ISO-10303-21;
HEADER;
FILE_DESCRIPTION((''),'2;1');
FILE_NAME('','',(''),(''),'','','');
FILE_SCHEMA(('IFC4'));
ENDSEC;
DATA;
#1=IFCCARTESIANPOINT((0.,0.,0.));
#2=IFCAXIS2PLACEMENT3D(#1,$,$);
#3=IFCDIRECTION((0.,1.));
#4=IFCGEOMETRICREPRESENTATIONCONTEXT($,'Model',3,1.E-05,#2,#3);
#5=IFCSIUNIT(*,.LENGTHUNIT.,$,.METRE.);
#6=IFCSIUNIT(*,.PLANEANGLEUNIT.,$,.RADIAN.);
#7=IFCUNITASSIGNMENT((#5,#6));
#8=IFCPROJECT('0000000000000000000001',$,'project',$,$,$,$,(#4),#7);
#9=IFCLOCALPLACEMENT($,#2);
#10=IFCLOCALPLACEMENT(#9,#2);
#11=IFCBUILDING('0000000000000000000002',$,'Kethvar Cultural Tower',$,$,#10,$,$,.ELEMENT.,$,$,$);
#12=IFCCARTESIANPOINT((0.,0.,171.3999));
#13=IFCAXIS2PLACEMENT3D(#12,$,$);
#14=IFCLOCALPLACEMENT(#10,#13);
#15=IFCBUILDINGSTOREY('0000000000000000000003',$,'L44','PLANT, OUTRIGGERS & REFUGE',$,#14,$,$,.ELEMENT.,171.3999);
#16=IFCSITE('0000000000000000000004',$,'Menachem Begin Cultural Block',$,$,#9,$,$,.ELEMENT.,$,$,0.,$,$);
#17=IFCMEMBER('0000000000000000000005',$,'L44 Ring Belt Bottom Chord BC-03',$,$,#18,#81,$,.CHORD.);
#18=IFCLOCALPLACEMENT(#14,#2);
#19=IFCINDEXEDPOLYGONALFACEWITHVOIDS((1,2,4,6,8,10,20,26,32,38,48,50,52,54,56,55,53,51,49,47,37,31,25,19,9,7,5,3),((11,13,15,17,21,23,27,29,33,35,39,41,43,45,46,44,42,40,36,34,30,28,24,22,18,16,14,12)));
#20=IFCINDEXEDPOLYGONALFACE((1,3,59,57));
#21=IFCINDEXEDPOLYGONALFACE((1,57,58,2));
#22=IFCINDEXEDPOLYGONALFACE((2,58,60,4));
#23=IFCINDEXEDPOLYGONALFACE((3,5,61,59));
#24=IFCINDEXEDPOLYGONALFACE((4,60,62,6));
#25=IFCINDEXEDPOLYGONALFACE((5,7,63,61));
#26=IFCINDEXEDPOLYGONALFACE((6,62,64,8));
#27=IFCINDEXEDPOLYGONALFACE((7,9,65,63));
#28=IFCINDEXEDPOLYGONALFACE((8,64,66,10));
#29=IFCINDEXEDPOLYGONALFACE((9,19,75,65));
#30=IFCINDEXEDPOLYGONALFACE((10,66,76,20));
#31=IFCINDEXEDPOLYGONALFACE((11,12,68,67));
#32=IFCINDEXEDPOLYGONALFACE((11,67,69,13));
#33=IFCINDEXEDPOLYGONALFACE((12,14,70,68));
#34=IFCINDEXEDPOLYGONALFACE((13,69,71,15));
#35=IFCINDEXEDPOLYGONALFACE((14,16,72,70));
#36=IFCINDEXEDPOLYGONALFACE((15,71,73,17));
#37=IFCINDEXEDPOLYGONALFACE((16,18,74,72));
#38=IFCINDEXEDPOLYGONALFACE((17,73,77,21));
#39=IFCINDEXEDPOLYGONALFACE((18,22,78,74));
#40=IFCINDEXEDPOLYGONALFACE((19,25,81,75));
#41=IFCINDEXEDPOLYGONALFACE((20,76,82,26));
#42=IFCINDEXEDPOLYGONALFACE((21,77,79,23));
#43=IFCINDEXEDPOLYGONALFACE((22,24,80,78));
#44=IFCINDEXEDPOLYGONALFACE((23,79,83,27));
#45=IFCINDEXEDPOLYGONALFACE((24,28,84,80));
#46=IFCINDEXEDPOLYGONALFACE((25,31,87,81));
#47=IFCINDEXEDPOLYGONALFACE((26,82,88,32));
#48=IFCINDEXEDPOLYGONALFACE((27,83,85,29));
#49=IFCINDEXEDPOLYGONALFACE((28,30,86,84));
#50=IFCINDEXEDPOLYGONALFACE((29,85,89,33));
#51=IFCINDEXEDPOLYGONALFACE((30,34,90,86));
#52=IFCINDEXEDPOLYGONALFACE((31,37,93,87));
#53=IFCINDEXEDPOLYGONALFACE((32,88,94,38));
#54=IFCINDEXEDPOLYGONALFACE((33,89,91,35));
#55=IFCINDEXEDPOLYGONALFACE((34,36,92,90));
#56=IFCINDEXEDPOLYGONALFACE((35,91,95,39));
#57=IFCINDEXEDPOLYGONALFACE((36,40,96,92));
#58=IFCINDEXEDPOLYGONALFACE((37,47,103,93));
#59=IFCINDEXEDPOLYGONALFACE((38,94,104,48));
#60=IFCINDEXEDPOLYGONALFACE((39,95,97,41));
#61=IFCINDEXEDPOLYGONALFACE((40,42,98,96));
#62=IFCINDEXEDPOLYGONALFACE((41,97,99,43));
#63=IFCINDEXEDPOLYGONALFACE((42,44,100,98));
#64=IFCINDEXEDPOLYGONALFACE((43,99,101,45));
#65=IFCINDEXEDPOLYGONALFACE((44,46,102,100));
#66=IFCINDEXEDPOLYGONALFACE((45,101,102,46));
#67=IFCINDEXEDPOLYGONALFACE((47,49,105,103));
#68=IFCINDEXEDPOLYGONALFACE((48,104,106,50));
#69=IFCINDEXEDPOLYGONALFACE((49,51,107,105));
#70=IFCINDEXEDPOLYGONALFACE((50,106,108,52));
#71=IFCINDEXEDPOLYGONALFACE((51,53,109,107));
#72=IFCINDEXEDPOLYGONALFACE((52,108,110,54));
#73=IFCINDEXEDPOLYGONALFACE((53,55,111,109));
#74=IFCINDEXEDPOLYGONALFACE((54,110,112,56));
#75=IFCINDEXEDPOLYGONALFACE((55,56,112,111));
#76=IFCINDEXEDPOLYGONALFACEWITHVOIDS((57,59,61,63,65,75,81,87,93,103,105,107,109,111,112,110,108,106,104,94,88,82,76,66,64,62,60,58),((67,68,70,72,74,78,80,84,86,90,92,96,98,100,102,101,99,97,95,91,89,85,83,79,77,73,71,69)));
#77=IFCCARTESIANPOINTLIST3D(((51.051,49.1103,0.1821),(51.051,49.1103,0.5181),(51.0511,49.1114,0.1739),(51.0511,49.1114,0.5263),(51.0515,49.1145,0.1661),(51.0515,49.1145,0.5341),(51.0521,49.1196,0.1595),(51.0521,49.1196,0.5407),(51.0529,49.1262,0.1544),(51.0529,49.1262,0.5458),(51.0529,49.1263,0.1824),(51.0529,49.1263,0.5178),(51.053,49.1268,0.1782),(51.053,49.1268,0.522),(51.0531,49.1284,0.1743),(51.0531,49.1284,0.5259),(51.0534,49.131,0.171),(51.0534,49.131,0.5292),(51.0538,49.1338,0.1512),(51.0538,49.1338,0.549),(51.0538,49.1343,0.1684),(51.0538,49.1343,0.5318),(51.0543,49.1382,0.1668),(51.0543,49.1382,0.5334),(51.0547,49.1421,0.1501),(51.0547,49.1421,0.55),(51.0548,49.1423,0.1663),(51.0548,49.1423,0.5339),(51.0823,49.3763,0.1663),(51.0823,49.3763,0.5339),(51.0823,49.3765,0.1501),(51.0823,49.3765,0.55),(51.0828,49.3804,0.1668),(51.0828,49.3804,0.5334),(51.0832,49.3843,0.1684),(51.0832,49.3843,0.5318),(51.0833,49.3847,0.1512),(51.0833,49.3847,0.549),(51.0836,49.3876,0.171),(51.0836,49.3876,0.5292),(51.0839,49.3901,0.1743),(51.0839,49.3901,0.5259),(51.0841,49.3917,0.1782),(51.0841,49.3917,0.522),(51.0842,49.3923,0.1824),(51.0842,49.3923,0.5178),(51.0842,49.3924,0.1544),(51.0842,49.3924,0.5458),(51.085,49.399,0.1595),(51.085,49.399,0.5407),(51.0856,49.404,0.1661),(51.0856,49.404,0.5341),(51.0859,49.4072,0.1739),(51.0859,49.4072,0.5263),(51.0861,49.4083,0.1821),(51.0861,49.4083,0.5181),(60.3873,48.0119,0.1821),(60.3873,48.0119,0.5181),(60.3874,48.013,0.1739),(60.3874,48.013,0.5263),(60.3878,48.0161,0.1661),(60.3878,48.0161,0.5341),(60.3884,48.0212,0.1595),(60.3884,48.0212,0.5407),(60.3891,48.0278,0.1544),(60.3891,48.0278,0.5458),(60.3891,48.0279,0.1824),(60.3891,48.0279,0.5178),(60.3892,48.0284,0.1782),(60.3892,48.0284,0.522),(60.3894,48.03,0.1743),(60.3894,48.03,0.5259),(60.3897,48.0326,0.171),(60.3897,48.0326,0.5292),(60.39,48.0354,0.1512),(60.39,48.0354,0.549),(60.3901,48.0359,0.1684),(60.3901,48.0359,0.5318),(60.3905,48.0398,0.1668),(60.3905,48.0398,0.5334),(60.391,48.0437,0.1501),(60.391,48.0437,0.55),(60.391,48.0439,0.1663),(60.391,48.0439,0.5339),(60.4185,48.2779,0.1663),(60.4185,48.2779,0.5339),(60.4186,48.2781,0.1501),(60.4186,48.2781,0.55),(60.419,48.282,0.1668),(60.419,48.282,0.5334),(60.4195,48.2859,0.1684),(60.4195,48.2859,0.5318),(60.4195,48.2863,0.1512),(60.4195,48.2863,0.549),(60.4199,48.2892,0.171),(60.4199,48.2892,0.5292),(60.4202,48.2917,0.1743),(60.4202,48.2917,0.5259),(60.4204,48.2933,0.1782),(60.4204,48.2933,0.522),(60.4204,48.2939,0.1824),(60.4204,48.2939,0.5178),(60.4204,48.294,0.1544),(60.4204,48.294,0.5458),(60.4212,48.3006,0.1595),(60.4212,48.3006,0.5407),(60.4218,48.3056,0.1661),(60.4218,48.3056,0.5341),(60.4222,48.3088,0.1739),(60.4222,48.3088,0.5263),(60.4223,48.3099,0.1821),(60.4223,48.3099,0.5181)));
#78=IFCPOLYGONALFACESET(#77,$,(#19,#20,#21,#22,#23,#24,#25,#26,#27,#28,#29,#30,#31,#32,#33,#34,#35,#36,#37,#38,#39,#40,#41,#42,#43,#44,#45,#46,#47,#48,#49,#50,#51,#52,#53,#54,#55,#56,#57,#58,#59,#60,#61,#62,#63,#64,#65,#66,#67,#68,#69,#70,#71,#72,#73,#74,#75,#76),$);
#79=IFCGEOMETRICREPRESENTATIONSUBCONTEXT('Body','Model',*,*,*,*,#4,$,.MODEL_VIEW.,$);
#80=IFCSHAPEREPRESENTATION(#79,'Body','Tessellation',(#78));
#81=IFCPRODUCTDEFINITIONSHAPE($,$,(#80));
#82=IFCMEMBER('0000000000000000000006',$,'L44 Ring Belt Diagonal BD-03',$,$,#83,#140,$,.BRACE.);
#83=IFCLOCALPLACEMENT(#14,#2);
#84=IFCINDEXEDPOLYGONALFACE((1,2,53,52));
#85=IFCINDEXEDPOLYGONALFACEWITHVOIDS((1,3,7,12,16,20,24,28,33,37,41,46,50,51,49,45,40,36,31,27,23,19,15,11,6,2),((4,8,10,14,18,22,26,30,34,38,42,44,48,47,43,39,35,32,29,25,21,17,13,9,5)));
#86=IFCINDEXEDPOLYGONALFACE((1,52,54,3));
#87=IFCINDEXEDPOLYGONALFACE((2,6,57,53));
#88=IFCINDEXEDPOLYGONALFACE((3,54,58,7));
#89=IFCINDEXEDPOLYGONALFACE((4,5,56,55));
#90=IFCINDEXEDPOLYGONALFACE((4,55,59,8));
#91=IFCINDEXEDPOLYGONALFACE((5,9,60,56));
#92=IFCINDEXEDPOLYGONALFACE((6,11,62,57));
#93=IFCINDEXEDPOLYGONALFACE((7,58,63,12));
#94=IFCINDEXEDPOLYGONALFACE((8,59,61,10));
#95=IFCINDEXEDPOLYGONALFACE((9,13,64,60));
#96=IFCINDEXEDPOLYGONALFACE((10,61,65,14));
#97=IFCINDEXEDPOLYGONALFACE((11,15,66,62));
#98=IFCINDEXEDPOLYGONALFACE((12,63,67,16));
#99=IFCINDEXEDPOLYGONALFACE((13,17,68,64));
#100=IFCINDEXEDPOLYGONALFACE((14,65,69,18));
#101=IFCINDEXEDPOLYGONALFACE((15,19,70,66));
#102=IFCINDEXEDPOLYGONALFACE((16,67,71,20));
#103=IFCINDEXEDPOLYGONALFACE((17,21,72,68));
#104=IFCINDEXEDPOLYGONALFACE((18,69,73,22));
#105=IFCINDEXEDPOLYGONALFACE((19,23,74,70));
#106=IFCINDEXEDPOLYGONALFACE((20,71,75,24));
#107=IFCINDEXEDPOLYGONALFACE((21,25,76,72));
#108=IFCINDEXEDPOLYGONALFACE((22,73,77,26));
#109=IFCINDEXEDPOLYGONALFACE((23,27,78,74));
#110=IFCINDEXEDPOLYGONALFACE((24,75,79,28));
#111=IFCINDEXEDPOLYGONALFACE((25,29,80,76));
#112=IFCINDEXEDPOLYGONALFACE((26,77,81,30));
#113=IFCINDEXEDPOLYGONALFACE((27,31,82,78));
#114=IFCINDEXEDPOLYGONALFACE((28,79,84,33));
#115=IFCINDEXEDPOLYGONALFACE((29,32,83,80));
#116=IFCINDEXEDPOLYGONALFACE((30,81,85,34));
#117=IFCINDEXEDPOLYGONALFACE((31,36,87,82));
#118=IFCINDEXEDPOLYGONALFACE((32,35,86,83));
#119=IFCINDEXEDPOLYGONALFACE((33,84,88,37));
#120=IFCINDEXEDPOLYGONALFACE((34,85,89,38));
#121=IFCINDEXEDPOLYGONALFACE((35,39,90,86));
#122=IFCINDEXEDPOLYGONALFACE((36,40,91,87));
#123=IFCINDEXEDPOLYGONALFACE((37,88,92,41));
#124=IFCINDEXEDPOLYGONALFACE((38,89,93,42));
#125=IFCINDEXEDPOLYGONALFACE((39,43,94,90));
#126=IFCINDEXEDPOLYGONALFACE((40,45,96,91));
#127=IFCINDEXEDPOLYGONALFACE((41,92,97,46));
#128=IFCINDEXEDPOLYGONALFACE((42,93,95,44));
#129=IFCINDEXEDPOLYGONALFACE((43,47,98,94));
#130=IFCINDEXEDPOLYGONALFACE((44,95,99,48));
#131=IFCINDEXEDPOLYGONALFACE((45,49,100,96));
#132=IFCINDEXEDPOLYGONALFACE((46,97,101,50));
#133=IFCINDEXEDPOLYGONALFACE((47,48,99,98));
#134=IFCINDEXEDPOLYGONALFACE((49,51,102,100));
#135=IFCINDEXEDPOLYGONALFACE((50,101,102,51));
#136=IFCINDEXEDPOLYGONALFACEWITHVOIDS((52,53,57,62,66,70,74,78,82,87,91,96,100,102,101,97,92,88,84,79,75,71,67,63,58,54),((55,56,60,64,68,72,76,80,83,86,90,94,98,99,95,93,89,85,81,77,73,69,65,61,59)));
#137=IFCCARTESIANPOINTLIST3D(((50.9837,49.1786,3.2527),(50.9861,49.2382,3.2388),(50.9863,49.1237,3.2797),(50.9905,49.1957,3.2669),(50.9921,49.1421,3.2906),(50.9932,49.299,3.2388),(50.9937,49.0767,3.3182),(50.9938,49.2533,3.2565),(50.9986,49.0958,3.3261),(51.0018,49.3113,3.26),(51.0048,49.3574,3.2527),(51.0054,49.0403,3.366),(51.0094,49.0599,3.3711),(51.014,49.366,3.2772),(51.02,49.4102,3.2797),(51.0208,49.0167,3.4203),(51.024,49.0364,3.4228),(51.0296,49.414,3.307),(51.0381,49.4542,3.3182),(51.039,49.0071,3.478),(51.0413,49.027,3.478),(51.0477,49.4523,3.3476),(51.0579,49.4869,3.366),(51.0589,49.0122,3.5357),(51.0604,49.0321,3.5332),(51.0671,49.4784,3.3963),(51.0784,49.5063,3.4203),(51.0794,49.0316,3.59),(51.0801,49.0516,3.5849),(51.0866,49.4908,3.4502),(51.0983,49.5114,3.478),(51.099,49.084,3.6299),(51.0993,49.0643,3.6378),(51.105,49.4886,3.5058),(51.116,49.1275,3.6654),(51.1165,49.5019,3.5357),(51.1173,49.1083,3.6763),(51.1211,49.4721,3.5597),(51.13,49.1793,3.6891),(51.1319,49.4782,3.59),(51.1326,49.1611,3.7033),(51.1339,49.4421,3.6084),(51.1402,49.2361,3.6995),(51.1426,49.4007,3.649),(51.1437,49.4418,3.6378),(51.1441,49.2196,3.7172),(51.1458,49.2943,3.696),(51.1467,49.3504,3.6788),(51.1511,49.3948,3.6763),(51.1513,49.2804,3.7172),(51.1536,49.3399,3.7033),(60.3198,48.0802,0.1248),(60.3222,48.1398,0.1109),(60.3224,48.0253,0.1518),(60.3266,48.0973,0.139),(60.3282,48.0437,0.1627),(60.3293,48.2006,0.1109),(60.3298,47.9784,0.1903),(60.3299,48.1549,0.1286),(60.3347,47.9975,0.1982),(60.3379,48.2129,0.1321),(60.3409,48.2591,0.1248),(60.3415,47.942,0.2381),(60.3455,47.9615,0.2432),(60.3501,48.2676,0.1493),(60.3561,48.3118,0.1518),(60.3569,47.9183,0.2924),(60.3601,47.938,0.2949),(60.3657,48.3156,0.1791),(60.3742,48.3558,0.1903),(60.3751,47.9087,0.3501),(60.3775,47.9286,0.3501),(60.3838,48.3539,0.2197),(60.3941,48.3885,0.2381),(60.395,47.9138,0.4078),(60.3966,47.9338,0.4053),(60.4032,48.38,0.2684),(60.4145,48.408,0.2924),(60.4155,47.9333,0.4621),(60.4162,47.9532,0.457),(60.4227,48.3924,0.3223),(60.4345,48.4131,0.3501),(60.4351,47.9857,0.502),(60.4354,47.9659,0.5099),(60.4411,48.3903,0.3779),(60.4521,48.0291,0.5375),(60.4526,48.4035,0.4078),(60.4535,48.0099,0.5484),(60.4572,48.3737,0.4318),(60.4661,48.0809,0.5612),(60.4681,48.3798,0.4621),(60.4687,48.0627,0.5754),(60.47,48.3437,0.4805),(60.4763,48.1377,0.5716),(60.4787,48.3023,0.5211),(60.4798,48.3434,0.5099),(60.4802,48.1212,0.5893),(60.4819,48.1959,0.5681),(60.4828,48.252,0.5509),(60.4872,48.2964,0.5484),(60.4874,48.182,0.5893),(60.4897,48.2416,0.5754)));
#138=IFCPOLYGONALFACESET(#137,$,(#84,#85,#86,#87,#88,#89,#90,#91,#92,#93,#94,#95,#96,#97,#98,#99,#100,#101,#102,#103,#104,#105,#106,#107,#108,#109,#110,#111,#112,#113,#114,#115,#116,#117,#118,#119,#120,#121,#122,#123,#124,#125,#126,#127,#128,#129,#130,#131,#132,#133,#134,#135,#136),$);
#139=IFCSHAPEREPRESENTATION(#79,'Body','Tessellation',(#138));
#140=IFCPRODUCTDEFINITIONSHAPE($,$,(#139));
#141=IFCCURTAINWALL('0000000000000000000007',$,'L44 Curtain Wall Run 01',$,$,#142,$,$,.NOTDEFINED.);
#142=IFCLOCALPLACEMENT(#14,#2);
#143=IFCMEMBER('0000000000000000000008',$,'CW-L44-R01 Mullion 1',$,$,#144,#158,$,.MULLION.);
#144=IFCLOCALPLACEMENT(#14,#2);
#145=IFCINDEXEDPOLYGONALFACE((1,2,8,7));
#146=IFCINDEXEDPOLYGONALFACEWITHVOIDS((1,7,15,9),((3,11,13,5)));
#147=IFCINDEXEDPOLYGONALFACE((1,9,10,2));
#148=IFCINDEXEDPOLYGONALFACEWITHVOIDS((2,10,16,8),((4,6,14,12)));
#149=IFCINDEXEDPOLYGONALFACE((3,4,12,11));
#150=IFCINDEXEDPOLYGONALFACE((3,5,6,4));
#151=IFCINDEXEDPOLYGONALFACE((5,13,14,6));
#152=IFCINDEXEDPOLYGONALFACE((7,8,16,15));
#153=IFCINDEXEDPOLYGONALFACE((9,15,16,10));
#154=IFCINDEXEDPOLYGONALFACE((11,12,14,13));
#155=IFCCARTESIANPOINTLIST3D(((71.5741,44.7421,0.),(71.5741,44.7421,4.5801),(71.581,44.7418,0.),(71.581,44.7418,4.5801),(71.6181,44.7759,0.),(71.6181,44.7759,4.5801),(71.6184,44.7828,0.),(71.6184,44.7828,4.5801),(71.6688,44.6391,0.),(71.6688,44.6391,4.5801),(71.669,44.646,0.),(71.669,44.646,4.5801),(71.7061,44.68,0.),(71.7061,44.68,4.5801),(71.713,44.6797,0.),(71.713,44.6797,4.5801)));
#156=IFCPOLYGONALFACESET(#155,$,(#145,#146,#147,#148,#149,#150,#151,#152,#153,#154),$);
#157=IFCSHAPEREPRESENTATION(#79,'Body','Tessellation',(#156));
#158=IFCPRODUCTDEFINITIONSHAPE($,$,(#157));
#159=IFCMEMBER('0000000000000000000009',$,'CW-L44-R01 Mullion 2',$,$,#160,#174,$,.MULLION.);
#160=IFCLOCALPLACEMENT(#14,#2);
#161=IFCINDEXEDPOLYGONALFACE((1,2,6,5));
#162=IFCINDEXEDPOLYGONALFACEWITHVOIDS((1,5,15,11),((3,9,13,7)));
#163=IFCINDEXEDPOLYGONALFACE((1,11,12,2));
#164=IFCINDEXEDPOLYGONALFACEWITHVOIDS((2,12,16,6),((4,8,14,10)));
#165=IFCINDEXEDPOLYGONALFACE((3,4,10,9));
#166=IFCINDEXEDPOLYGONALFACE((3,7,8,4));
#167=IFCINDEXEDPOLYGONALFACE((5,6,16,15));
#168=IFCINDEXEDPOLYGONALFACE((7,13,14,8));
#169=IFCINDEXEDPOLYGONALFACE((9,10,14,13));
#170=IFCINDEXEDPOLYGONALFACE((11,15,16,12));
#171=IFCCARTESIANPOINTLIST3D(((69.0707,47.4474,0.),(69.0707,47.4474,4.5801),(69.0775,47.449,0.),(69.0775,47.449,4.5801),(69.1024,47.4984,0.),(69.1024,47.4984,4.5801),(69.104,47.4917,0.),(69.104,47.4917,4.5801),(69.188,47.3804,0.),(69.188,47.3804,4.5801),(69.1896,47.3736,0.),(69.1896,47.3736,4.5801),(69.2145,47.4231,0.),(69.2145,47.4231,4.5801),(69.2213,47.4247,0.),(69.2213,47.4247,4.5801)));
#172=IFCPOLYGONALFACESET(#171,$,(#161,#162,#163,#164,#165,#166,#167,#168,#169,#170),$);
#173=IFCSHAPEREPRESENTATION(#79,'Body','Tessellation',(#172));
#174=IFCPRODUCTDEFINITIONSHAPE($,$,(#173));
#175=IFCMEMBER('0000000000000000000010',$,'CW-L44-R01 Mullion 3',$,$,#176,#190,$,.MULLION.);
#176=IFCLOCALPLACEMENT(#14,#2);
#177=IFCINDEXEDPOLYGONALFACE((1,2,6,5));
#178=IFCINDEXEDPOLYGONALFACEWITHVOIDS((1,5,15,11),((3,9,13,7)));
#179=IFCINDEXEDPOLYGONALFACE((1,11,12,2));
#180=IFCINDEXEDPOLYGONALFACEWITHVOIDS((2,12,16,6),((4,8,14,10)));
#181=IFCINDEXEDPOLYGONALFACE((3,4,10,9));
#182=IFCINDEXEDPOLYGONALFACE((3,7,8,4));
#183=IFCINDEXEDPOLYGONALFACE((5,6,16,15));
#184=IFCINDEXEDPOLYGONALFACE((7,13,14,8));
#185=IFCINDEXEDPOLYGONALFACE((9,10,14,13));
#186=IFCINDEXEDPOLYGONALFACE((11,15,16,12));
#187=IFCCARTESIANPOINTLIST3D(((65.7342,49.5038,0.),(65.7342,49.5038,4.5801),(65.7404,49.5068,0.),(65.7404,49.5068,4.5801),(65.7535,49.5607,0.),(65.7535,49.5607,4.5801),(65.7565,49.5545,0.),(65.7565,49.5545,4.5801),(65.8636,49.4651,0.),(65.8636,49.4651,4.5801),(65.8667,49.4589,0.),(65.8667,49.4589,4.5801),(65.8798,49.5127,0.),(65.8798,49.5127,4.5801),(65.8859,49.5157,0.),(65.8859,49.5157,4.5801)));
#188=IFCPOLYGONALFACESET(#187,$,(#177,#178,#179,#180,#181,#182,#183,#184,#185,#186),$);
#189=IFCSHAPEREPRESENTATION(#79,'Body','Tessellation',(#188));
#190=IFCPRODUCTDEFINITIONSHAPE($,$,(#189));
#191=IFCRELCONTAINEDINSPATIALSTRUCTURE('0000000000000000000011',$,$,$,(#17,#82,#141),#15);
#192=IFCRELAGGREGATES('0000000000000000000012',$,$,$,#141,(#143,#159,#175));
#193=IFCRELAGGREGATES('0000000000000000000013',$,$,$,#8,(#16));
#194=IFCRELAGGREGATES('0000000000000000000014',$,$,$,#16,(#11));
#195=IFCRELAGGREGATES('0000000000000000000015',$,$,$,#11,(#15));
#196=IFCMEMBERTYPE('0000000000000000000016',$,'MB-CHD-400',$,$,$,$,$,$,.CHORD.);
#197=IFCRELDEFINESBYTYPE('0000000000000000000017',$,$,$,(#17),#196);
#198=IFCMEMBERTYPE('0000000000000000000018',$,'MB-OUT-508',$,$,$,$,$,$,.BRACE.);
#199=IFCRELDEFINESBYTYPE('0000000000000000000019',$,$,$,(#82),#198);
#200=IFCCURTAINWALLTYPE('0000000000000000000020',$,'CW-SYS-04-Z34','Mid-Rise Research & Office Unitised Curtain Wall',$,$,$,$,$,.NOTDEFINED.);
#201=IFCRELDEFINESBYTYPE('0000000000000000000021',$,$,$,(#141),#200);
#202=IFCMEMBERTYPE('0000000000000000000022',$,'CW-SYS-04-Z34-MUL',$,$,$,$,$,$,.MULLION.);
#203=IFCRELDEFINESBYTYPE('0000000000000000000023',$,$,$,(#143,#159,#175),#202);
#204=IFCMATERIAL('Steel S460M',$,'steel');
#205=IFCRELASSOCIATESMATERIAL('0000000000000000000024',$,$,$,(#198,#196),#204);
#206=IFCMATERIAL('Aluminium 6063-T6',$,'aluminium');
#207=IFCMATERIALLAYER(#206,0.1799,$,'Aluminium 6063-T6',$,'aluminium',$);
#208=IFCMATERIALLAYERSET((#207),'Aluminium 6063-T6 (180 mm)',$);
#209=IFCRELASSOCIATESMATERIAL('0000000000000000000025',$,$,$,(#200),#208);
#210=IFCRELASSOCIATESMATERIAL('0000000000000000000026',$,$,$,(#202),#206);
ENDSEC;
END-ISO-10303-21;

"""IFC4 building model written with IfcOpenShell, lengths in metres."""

from ifc_helpers import new_model, si_unit, direction, frame, origin, origin_2d, place, context, subcontext, project, spatial, hollow_rectangle, hollow_circle, extrude, source, transform, mapped, material, layer, layer_set, material_profile, profile_set, type_object, element, aggregate, save


model = new_model("IFC4")

# Units and contexts
model_context = context("Model", 3, precision=1e-05, world=origin(), true_north=direction((0.0, 1.0)))
body_context = subcontext(model_context, "Body", "Model", "MODEL_VIEW")
ifc_project = project(units=[si_unit("LENGTHUNIT", "METRE"), si_unit("PLANEANGLEUNIT", "RADIAN")], contexts=[model_context])

# Site, building, storey
site_placement = place(None, origin())
site = spatial("IfcSite", under=ifc_project, at=site_placement, Name="Menachem Begin Cultural Block", CompositionType="ELEMENT", RefElevation=0.0)
building_placement = place(site_placement, origin())
building = spatial("IfcBuilding", under=site, at=building_placement, Name="Kethvar Cultural Tower", CompositionType="ELEMENT")
storey_placement = place(building_placement, frame((0.0, 0.0, 171.3999)))
storey = spatial("IfcBuildingStorey", under=building, at=storey_placement, Name="L44", Description="PLANT, OUTRIGGERS & REFUGE", CompositionType="ELEMENT", Elevation=171.3999)

# Shared definitions
ifc_material_1 = material(Name="Steel S460M", Category="steel")

# Shared definitions
ifc_material_profile_1 = material_profile(ifc_material_1, hollow_circle(Radius=0.2539, WallThickness=0.02, at=origin_2d()), Name="Steel S460M — CHS508x20")
ifc_profile_set_1 = profile_set([ifc_material_profile_1], Name="Steel S460M — CHS508x20")
member_type_1 = type_object("IfcMemberType", Name="MB-OUT-508", PredefinedType="BRACE", material=ifc_profile_set_1)

# Members
ifc_material_profile_2 = material_profile(ifc_material_1, hollow_rectangle(XDim=0.3, YDim=0.3999, WallThickness=0.0161, InnerFilletRadius=0.0161, OuterFilletRadius=0.032, at=origin_2d()), Name="Steel S460M — RHS400x300x16")
ifc_profile_set_2 = profile_set([ifc_material_profile_2], Name="Steel S460M — RHS400x300x16")
member_type_2 = type_object("IfcMemberType", Name="MB-CHD-400", PredefinedType="CHORD", material=ifc_profile_set_2)
shared_shape_1 = source(origin(), body_context, "Body", "SweptSolid", [
    extrude(hollow_rectangle(XDim=0.3, YDim=0.3999, WallThickness=0.0161, InnerFilletRadius=0.0161, OuterFilletRadius=0.032, at=origin_2d()), origin(), (0.0, 0.0, 1.0), 9.4006),
])
member_1_placement = place(storey_placement, frame((60.4048, 48.1609, 0.3501), z_axis=(-0.99315, 0.116843, 0.0), x_axis=(-0.116843, -0.99315, 0.0)))
element("IfcMember", 1, at=member_1_placement, inside=storey, type_object=member_type_2, Name="L44 Ring Belt Bottom Chord BC-03", PredefinedType="CHORD", context=body_context, shape_type="MappedRepresentation", body=[
    mapped(shared_shape_1, transform((0.0, 0.0, 0.0), scale=1.0)),
])
shared_shape_2 = source(origin(), body_context, "Body", "SweptSolid", [
    extrude(hollow_circle(Radius=0.2539, WallThickness=0.02, at=origin_2d()), origin(), (0.0, 0.0, 1.0), 9.9072),
])
member_2_placement = place(storey_placement, frame((60.4048, 48.1609, 0.3501), z_axis=(-0.942353, 0.110867, 0.31572), x_axis=(-0.116843, -0.99315, 0.0)))
element("IfcMember", 2, at=member_2_placement, inside=storey, type_object=member_type_1, Name="L44 Ring Belt Diagonal BD-03", PredefinedType="BRACE", context=body_context, shape_type="MappedRepresentation", body=[
    mapped(shared_shape_2, transform((0.0, 0.0, 0.0), scale=1.0)),
])

# Curtain wall, members
ifc_material_2 = material(Name="Aluminium 6063-T6", Category="aluminium")
ifc_layer_1 = layer(ifc_material_2, 0.1799, Name="Aluminium 6063-T6", Category="aluminium")
ifc_layer_set_1 = layer_set([ifc_layer_1], Name="Aluminium 6063-T6 (180 mm)")
curtain_wall_type = type_object("IfcCurtainWallType", Name="CW-SYS-04-Z34", Description="Mid-Rise Research & Office Unitised Curtain Wall", PredefinedType="NOTDEFINED", material=ifc_layer_set_1)
curtain_wall_1_placement = place(storey_placement, origin())
curtain_wall_1 = element("IfcCurtainWall", 3, at=curtain_wall_1_placement, inside=storey, type_object=curtain_wall_type, Name="L44 Curtain Wall Run 01", PredefinedType="NOTDEFINED")
ifc_material_profile_3 = material_profile(ifc_material_2, hollow_rectangle(XDim=0.0601, YDim=0.1399, WallThickness=0.0049, at=origin_2d()), Name="Aluminium 6063-T6 — RHS140x60x5")
ifc_profile_set_3 = profile_set([ifc_material_profile_3], Name="Aluminium 6063-T6 — RHS140x60x5")
member_type_3 = type_object("IfcMemberType", Name="CW-SYS-04-Z34-MUL", PredefinedType="MULLION", material=ifc_profile_set_3)
shared_shape_3 = source(origin(), body_context, "Body", "SweptSolid", [
    extrude(hollow_rectangle(XDim=0.0601, YDim=0.1399, WallThickness=0.0049, at=origin_2d()), origin(), (0.0, 0.0, 1.0), 4.5801),
])
member_3_placement = place(storey_placement, frame((71.6436, 44.7109, 0.0), z_axis=(0.0, 0.0, 1.0), x_axis=(-0.73651, -0.676426, 0.0)))
member_3 = element("IfcMember", 4, at=member_3_placement, type_object=member_type_3, Name="CW-L44-R01 Mullion 1", PredefinedType="MULLION", context=body_context, shape_type="MappedRepresentation", body=[
    mapped(shared_shape_3, transform((0.0, 0.0, 0.0), scale=1.0)),
])
member_4_placement = place(storey_placement, frame((69.146, 47.436, 0.0), z_axis=(0.0, 0.0, 1.0), x_axis=(-0.527312, -0.849672, 0.0)))
member_4 = element("IfcMember", 5, at=member_4_placement, type_object=member_type_3, Name="CW-L44-R01 Mullion 2", PredefinedType="MULLION", context=body_context, shape_type="MappedRepresentation", body=[
    mapped(shared_shape_3, transform((0.0, 0.0, 0.0), scale=1.0)),
])
member_5_placement = place(storey_placement, frame((65.8101, 49.5098, 0.0), z_axis=(0.0, 0.0, 1.0), x_axis=(-0.321175, -0.94702, 0.0)))
member_5 = element("IfcMember", 6, at=member_5_placement, type_object=member_type_3, Name="CW-L44-R01 Mullion 3", PredefinedType="MULLION", context=body_context, shape_type="MappedRepresentation", body=[
    mapped(shared_shape_3, transform((0.0, 0.0, 0.0), scale=1.0)),
])

aggregate(curtain_wall_1, [member_3, member_4, member_5])

save(model, "model.ifc")
